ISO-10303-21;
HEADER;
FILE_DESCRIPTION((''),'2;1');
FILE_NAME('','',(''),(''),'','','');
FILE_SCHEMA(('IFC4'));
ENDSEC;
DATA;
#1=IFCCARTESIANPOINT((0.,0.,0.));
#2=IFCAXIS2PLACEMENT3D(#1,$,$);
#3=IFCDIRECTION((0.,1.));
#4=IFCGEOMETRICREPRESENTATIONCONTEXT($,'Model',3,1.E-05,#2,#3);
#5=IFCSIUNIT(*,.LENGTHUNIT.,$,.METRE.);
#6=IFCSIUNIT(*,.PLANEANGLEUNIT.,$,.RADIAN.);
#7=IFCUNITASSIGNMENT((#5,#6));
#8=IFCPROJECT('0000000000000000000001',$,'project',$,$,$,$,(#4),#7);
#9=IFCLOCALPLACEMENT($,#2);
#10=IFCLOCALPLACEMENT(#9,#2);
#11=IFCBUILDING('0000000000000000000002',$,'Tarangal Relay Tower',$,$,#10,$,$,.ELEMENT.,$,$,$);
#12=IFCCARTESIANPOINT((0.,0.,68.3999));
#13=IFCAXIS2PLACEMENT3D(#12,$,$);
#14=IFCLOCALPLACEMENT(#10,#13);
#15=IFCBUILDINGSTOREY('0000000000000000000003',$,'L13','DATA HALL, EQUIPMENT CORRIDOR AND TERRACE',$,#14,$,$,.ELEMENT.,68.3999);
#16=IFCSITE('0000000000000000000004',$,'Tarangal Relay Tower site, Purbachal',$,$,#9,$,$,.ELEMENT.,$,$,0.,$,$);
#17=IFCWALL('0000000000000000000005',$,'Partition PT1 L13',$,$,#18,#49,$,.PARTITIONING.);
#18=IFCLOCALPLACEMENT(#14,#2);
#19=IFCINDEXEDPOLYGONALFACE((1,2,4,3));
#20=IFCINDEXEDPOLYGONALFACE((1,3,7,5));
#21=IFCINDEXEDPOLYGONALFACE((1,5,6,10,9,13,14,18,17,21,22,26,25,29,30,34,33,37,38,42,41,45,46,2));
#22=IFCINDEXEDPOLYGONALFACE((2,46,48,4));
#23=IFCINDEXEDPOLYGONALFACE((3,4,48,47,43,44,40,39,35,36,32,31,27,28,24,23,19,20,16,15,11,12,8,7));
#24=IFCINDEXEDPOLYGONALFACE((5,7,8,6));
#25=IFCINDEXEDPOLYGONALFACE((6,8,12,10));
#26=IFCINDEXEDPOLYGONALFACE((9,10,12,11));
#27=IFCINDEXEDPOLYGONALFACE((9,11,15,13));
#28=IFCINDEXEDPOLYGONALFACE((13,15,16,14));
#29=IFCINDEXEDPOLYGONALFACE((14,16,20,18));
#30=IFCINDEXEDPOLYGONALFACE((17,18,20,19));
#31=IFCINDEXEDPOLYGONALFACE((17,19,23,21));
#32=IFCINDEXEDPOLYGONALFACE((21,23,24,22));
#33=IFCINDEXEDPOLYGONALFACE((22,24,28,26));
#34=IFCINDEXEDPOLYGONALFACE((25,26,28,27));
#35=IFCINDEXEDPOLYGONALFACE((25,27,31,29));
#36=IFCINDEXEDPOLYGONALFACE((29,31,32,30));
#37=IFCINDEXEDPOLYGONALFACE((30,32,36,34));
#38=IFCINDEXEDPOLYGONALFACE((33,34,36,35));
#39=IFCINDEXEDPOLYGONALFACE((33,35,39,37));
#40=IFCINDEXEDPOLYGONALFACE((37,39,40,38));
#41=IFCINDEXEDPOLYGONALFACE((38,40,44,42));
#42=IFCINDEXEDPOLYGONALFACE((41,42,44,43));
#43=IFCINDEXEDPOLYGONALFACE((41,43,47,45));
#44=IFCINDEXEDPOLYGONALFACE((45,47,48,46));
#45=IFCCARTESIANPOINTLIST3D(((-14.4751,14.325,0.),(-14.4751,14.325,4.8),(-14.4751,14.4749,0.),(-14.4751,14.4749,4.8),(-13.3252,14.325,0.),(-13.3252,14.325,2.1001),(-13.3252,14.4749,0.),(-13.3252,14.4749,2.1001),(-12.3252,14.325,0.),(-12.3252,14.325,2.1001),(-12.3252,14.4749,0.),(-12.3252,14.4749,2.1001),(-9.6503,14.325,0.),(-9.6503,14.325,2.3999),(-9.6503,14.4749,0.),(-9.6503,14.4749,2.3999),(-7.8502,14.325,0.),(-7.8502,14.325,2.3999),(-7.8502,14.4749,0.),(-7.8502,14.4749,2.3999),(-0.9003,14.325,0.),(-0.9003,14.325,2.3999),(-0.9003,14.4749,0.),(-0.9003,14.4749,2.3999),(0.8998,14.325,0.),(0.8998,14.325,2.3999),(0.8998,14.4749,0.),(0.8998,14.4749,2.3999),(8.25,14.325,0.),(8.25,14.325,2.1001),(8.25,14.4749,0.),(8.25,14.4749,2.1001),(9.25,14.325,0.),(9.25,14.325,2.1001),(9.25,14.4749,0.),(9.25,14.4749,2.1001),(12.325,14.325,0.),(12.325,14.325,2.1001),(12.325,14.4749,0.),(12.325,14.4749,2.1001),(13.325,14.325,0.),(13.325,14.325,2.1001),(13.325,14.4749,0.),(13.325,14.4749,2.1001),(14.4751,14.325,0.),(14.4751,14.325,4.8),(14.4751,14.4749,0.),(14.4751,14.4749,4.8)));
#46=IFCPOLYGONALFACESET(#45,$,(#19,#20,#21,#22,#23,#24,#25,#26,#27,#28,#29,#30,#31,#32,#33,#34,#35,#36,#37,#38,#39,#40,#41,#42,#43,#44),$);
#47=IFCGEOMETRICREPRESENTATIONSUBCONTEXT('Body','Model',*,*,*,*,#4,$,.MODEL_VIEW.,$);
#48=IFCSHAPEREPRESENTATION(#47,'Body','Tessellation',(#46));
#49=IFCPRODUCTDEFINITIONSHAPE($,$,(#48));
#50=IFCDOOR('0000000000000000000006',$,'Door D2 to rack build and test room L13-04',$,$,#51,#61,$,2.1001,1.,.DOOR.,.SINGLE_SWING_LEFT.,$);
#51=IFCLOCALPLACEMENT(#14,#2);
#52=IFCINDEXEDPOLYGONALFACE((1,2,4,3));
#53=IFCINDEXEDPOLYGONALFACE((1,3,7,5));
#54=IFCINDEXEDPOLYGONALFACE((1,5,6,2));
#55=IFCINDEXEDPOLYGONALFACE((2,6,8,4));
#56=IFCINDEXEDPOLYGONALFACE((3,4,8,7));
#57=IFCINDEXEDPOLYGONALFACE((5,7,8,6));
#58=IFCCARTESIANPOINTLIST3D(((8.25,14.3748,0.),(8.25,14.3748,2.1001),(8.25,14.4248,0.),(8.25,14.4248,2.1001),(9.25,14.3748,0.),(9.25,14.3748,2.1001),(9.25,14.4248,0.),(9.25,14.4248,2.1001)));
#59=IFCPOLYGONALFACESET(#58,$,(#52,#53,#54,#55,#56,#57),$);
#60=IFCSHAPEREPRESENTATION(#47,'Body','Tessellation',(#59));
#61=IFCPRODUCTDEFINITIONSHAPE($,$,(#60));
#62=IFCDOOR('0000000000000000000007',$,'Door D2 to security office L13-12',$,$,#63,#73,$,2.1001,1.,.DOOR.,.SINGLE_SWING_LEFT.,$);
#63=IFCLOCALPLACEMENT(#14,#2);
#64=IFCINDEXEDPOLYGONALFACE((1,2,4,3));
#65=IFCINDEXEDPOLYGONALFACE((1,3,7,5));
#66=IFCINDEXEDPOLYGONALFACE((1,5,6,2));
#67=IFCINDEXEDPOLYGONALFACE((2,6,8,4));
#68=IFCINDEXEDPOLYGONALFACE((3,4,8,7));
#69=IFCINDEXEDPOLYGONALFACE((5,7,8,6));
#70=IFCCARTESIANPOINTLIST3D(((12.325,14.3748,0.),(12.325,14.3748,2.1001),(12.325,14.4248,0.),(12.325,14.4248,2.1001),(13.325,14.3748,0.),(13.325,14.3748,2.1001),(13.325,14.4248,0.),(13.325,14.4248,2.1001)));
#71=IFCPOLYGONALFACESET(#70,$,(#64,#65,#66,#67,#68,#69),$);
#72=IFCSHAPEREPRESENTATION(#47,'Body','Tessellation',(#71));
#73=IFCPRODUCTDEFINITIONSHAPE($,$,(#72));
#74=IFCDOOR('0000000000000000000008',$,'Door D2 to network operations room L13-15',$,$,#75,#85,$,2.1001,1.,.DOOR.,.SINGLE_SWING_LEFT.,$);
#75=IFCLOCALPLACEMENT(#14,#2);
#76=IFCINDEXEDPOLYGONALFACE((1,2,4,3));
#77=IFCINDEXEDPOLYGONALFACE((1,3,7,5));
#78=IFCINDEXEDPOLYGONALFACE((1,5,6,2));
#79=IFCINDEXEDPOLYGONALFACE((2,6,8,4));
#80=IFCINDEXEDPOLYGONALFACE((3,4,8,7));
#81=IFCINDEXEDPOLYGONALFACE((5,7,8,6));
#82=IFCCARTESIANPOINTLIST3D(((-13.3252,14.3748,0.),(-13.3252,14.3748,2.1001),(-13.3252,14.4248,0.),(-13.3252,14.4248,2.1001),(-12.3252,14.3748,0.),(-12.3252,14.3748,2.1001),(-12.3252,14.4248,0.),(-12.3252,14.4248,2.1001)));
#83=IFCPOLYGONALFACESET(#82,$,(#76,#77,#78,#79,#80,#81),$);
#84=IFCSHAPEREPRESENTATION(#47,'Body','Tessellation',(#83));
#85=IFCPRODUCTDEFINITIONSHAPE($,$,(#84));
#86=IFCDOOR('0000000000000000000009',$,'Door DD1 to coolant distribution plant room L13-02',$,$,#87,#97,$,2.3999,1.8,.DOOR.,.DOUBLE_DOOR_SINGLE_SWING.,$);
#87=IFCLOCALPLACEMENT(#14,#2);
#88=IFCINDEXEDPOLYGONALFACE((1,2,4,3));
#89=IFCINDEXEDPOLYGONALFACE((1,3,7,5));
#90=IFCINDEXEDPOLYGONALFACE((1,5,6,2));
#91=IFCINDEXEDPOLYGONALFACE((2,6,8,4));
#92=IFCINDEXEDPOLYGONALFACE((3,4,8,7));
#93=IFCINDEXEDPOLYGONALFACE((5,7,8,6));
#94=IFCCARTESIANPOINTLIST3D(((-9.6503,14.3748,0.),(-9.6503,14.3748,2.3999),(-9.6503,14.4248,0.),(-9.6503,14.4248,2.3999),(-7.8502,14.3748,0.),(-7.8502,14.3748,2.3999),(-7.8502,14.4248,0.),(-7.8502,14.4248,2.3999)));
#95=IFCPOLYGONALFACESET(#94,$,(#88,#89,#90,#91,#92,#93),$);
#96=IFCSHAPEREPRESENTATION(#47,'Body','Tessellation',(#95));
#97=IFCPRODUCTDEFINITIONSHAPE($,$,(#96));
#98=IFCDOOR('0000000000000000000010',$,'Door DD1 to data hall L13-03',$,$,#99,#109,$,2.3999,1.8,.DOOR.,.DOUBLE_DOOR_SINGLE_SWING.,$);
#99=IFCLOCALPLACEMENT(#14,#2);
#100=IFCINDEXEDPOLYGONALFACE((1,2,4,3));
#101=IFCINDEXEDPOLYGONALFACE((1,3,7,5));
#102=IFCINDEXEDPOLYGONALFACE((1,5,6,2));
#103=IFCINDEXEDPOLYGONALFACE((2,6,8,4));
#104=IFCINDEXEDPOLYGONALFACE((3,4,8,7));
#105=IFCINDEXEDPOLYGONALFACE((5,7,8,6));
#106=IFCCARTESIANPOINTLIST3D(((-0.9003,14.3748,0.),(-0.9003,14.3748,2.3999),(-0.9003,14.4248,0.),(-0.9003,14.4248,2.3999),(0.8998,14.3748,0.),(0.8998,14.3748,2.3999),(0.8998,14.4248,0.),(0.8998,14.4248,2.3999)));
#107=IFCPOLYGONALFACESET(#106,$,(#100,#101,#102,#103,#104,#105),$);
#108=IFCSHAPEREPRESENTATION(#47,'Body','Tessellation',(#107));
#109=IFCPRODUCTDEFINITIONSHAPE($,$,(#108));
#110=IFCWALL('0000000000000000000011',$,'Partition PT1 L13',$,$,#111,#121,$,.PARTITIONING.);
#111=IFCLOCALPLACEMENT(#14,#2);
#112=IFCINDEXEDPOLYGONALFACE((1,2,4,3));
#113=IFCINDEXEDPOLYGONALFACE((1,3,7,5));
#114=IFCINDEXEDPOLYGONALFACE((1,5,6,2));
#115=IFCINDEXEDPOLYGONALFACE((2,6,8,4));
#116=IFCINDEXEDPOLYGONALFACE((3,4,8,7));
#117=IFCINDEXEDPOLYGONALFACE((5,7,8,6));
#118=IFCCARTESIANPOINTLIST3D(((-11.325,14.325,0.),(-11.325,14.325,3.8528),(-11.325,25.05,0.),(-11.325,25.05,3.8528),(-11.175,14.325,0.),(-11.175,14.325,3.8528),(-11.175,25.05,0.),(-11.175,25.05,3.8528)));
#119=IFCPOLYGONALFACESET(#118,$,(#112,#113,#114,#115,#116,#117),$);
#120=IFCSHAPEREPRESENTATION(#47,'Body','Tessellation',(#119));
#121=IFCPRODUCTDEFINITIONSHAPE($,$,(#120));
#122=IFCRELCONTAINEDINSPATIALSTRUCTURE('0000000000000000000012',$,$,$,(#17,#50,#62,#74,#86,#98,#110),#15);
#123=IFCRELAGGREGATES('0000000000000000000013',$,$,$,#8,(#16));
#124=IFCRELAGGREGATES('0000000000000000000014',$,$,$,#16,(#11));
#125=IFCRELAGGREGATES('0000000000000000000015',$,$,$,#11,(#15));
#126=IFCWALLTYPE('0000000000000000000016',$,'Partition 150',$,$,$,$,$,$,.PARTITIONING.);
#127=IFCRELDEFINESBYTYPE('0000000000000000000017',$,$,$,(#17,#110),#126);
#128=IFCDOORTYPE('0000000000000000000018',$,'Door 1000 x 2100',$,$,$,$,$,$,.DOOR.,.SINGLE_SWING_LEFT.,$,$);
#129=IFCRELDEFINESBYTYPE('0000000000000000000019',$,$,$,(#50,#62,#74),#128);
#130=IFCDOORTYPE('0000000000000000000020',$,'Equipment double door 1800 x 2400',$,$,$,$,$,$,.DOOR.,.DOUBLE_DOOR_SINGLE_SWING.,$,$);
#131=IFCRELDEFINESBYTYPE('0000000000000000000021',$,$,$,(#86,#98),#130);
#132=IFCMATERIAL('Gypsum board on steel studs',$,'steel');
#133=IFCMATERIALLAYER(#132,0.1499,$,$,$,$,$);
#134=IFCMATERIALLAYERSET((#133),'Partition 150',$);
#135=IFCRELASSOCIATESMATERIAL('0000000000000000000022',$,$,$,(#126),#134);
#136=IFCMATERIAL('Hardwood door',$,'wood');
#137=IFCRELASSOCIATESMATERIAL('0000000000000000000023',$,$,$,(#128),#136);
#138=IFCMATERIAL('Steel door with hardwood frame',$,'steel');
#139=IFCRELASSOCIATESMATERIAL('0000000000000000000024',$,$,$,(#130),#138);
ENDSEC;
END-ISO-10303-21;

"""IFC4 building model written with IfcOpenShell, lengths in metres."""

from ifc_helpers import new_model, si_unit, direction, frame, frame_2d, origin, place, context, subcontext, project, spatial, rectangle, extrude, material, layer, layer_set, type_object, element, fill, save


model = new_model("IFC4")

# Units and contexts
model_context = context("Model", 3, precision=1e-05, world=origin(), true_north=direction((0.0, 1.0)))
body_context = subcontext(model_context, "Body", "Model", "MODEL_VIEW")
ifc_project = project(units=[si_unit("LENGTHUNIT", "METRE"), si_unit("PLANEANGLEUNIT", "RADIAN")], contexts=[model_context])

# Site, building, storey
site_placement = place(None, origin())
site = spatial("IfcSite", under=ifc_project, at=site_placement, Name="Tarangal Relay Tower site, Purbachal", CompositionType="ELEMENT", RefElevation=0.0)
building_placement = place(site_placement, origin())
building = spatial("IfcBuilding", under=site, at=building_placement, Name="Tarangal Relay Tower", CompositionType="ELEMENT")
storey_placement = place(building_placement, frame((0.0, 0.0, 68.3999)))
storey = spatial("IfcBuildingStorey", under=building, at=storey_placement, Name="L13", Description="DATA HALL, EQUIPMENT CORRIDOR AND TERRACE", CompositionType="ELEMENT", Elevation=68.3999)

# Wall, openings, doors
ifc_material_1 = material(Name="Gypsum board on steel studs", Category="steel")
ifc_layer_1 = layer(ifc_material_1, 0.1499)
ifc_layer_set_1 = layer_set([ifc_layer_1], Name="Partition 150")
wall_type_1 = type_object("IfcWallType", Name="Partition 150", PredefinedType="PARTITIONING", material=ifc_layer_set_1)
wall_1_placement = place(storey_placement, frame((-14.4751, 14.3999, 0.0), z_axis=(0.0, 0.0, 1.0), x_axis=(1.0, 0.0, 0.0)))
wall_1 = element("IfcWall", 1, at=wall_1_placement, inside=storey, type_object=wall_type_1, Name="Partition PT1 L13", PredefinedType="PARTITIONING", context=body_context, shape_type="SweptSolid", body=[
    extrude(rectangle(XDim=28.9502, YDim=0.1499, at=frame_2d((14.4751, 0.0))), origin(), (0.0, 0.0, 1.0), 4.8),
])
opening_1_placement = place(wall_1_placement, frame((4.825, 0.0, 0.0)))
opening_1 = element("IfcOpeningElement", 2, at=opening_1_placement, cuts=wall_1, PredefinedType="OPENING", context=body_context, shape_type="SweptSolid", body=[
    extrude(rectangle(XDim=1.8, YDim=2.3999, at=frame_2d((0.8999, 1.2))), frame((0.0, 0.085, 0.0), z_axis=(0.0, -1.0, 0.0), x_axis=(1.0, 0.0, 0.0)), (0.0, 0.0, 1.0), 0.1699),
])
opening_2_placement = place(wall_1_placement, frame((13.575, 0.0, 0.0)))
opening_2 = element("IfcOpeningElement", 3, at=opening_2_placement, cuts=wall_1, PredefinedType="OPENING", context=body_context, shape_type="SweptSolid", body=[
    extrude(rectangle(XDim=1.8, YDim=2.3999, at=frame_2d((0.8999, 1.2))), frame((0.0, 0.085, 0.0), z_axis=(0.0, -1.0, 0.0), x_axis=(1.0, 0.0, 0.0)), (0.0, 0.0, 1.0), 0.1699),
])
opening_3_placement = place(wall_1_placement, frame((22.7251, 0.0, 0.0)))
opening_3 = element("IfcOpeningElement", 4, at=opening_3_placement, cuts=wall_1, PredefinedType="OPENING", context=body_context, shape_type="SweptSolid", body=[
    extrude(rectangle(XDim=1.0, YDim=2.1001, at=frame_2d((0.5, 1.05))), frame((0.0, 0.085, 0.0), z_axis=(0.0, -1.0, 0.0), x_axis=(1.0, 0.0, 0.0)), (0.0, 0.0, 1.0), 0.1699),
])
opening_4_placement = place(wall_1_placement, frame((26.8, 0.0, 0.0)))
opening_4 = element("IfcOpeningElement", 5, at=opening_4_placement, cuts=wall_1, PredefinedType="OPENING", context=body_context, shape_type="SweptSolid", body=[
    extrude(rectangle(XDim=1.0, YDim=2.1001, at=frame_2d((0.5, 1.05))), frame((0.0, 0.085, 0.0), z_axis=(0.0, -1.0, 0.0), x_axis=(1.0, 0.0, 0.0)), (0.0, 0.0, 1.0), 0.1699),
])
opening_5_placement = place(wall_1_placement, frame((1.1499, 0.0, 0.0)))
opening_5 = element("IfcOpeningElement", 6, at=opening_5_placement, cuts=wall_1, PredefinedType="OPENING", context=body_context, shape_type="SweptSolid", body=[
    extrude(rectangle(XDim=1.0, YDim=2.1001, at=frame_2d((0.5, 1.05))), frame((0.0, 0.085, 0.0), z_axis=(0.0, -1.0, 0.0), x_axis=(1.0, 0.0, 0.0)), (0.0, 0.0, 1.0), 0.1699),
])
ifc_material_2 = material(Name="Hardwood door", Category="wood")
door_type_1 = type_object("IfcDoorType", Name="Door 1000 x 2100", OperationType="SINGLE_SWING_LEFT", PredefinedType="DOOR", material=ifc_material_2)
door_1_placement = place(opening_3_placement, origin())
door_1 = element("IfcDoor", 7, at=door_1_placement, inside=storey, type_object=door_type_1, Name="Door D2 to rack build and test room L13-04", OperationType="SINGLE_SWING_LEFT", OverallHeight=2.1001, OverallWidth=1.0, PredefinedType="DOOR", context=body_context, shape_type="SweptSolid", body=[
    extrude(rectangle(XDim=1.0, YDim=2.1001, at=frame_2d((0.5, 1.05))), frame((0.0, 0.0249, 0.0), z_axis=(0.0, -1.0, 0.0), x_axis=(1.0, 0.0, 0.0)), (0.0, 0.0, 1.0), 0.05),
])
fill(opening_3, door_1)
door_2_placement = place(opening_4_placement, origin())
door_2 = element("IfcDoor", 8, at=door_2_placement, inside=storey, type_object=door_type_1, Name="Door D2 to security office L13-12", OperationType="SINGLE_SWING_LEFT", OverallHeight=2.1001, OverallWidth=1.0, PredefinedType="DOOR", context=body_context, shape_type="SweptSolid", body=[
    extrude(rectangle(XDim=1.0, YDim=2.1001, at=frame_2d((0.5, 1.05))), frame((0.0, 0.0249, 0.0), z_axis=(0.0, -1.0, 0.0), x_axis=(1.0, 0.0, 0.0)), (0.0, 0.0, 1.0), 0.05),
])
fill(opening_4, door_2)
door_3_placement = place(opening_5_placement, origin())
door_3 = element("IfcDoor", 9, at=door_3_placement, inside=storey, type_object=door_type_1, Name="Door D2 to network operations room L13-15", OperationType="SINGLE_SWING_LEFT", OverallHeight=2.1001, OverallWidth=1.0, PredefinedType="DOOR", context=body_context, shape_type="SweptSolid", body=[
    extrude(rectangle(XDim=1.0, YDim=2.1001, at=frame_2d((0.5, 1.05))), frame((0.0, 0.0249, 0.0), z_axis=(0.0, -1.0, 0.0), x_axis=(1.0, 0.0, 0.0)), (0.0, 0.0, 1.0), 0.05),
])
fill(opening_5, door_3)
ifc_material_3 = material(Name="Steel door with hardwood frame", Category="steel")
door_type_2 = type_object("IfcDoorType", Name="Equipment double door 1800 x 2400", OperationType="DOUBLE_DOOR_SINGLE_SWING", PredefinedType="DOOR", material=ifc_material_3)
door_4_placement = place(opening_1_placement, origin())
door_4 = element("IfcDoor", 10, at=door_4_placement, inside=storey, type_object=door_type_2, Name="Door DD1 to coolant distribution plant room L13-02", OperationType="DOUBLE_DOOR_SINGLE_SWING", OverallHeight=2.3999, OverallWidth=1.8, PredefinedType="DOOR", context=body_context, shape_type="SweptSolid", body=[
    extrude(rectangle(XDim=1.8, YDim=2.3999, at=frame_2d((0.8999, 1.2))), frame((0.0, 0.0249, 0.0), z_axis=(0.0, -1.0, 0.0), x_axis=(1.0, 0.0, 0.0)), (0.0, 0.0, 1.0), 0.05),
])
fill(opening_1, door_4)
door_5_placement = place(opening_2_placement, origin())
door_5 = element("IfcDoor", 11, at=door_5_placement, inside=storey, type_object=door_type_2, Name="Door DD1 to data hall L13-03", OperationType="DOUBLE_DOOR_SINGLE_SWING", OverallHeight=2.3999, OverallWidth=1.8, PredefinedType="DOOR", context=body_context, shape_type="SweptSolid", body=[
    extrude(rectangle(XDim=1.8, YDim=2.3999, at=frame_2d((0.8999, 1.2))), frame((0.0, 0.0249, 0.0), z_axis=(0.0, -1.0, 0.0), x_axis=(1.0, 0.0, 0.0)), (0.0, 0.0, 1.0), 0.05),
])
fill(opening_2, door_5)

# Wall
wall_2_placement = place(storey_placement, frame((-11.25, 14.325, 0.0), z_axis=(0.0, 0.0, 1.0), x_axis=(0.0, 1.0, 0.0)))
element("IfcWall", 12, at=wall_2_placement, inside=storey, type_object=wall_type_1, Name="Partition PT1 L13", PredefinedType="PARTITIONING", context=body_context, shape_type="SweptSolid", body=[
    extrude(rectangle(XDim=10.7251, YDim=0.1499, at=frame_2d((5.3625, 0.0))), origin(), (0.0, 0.0, 1.0), 3.8528),
])

save(model, "model.ifc")
